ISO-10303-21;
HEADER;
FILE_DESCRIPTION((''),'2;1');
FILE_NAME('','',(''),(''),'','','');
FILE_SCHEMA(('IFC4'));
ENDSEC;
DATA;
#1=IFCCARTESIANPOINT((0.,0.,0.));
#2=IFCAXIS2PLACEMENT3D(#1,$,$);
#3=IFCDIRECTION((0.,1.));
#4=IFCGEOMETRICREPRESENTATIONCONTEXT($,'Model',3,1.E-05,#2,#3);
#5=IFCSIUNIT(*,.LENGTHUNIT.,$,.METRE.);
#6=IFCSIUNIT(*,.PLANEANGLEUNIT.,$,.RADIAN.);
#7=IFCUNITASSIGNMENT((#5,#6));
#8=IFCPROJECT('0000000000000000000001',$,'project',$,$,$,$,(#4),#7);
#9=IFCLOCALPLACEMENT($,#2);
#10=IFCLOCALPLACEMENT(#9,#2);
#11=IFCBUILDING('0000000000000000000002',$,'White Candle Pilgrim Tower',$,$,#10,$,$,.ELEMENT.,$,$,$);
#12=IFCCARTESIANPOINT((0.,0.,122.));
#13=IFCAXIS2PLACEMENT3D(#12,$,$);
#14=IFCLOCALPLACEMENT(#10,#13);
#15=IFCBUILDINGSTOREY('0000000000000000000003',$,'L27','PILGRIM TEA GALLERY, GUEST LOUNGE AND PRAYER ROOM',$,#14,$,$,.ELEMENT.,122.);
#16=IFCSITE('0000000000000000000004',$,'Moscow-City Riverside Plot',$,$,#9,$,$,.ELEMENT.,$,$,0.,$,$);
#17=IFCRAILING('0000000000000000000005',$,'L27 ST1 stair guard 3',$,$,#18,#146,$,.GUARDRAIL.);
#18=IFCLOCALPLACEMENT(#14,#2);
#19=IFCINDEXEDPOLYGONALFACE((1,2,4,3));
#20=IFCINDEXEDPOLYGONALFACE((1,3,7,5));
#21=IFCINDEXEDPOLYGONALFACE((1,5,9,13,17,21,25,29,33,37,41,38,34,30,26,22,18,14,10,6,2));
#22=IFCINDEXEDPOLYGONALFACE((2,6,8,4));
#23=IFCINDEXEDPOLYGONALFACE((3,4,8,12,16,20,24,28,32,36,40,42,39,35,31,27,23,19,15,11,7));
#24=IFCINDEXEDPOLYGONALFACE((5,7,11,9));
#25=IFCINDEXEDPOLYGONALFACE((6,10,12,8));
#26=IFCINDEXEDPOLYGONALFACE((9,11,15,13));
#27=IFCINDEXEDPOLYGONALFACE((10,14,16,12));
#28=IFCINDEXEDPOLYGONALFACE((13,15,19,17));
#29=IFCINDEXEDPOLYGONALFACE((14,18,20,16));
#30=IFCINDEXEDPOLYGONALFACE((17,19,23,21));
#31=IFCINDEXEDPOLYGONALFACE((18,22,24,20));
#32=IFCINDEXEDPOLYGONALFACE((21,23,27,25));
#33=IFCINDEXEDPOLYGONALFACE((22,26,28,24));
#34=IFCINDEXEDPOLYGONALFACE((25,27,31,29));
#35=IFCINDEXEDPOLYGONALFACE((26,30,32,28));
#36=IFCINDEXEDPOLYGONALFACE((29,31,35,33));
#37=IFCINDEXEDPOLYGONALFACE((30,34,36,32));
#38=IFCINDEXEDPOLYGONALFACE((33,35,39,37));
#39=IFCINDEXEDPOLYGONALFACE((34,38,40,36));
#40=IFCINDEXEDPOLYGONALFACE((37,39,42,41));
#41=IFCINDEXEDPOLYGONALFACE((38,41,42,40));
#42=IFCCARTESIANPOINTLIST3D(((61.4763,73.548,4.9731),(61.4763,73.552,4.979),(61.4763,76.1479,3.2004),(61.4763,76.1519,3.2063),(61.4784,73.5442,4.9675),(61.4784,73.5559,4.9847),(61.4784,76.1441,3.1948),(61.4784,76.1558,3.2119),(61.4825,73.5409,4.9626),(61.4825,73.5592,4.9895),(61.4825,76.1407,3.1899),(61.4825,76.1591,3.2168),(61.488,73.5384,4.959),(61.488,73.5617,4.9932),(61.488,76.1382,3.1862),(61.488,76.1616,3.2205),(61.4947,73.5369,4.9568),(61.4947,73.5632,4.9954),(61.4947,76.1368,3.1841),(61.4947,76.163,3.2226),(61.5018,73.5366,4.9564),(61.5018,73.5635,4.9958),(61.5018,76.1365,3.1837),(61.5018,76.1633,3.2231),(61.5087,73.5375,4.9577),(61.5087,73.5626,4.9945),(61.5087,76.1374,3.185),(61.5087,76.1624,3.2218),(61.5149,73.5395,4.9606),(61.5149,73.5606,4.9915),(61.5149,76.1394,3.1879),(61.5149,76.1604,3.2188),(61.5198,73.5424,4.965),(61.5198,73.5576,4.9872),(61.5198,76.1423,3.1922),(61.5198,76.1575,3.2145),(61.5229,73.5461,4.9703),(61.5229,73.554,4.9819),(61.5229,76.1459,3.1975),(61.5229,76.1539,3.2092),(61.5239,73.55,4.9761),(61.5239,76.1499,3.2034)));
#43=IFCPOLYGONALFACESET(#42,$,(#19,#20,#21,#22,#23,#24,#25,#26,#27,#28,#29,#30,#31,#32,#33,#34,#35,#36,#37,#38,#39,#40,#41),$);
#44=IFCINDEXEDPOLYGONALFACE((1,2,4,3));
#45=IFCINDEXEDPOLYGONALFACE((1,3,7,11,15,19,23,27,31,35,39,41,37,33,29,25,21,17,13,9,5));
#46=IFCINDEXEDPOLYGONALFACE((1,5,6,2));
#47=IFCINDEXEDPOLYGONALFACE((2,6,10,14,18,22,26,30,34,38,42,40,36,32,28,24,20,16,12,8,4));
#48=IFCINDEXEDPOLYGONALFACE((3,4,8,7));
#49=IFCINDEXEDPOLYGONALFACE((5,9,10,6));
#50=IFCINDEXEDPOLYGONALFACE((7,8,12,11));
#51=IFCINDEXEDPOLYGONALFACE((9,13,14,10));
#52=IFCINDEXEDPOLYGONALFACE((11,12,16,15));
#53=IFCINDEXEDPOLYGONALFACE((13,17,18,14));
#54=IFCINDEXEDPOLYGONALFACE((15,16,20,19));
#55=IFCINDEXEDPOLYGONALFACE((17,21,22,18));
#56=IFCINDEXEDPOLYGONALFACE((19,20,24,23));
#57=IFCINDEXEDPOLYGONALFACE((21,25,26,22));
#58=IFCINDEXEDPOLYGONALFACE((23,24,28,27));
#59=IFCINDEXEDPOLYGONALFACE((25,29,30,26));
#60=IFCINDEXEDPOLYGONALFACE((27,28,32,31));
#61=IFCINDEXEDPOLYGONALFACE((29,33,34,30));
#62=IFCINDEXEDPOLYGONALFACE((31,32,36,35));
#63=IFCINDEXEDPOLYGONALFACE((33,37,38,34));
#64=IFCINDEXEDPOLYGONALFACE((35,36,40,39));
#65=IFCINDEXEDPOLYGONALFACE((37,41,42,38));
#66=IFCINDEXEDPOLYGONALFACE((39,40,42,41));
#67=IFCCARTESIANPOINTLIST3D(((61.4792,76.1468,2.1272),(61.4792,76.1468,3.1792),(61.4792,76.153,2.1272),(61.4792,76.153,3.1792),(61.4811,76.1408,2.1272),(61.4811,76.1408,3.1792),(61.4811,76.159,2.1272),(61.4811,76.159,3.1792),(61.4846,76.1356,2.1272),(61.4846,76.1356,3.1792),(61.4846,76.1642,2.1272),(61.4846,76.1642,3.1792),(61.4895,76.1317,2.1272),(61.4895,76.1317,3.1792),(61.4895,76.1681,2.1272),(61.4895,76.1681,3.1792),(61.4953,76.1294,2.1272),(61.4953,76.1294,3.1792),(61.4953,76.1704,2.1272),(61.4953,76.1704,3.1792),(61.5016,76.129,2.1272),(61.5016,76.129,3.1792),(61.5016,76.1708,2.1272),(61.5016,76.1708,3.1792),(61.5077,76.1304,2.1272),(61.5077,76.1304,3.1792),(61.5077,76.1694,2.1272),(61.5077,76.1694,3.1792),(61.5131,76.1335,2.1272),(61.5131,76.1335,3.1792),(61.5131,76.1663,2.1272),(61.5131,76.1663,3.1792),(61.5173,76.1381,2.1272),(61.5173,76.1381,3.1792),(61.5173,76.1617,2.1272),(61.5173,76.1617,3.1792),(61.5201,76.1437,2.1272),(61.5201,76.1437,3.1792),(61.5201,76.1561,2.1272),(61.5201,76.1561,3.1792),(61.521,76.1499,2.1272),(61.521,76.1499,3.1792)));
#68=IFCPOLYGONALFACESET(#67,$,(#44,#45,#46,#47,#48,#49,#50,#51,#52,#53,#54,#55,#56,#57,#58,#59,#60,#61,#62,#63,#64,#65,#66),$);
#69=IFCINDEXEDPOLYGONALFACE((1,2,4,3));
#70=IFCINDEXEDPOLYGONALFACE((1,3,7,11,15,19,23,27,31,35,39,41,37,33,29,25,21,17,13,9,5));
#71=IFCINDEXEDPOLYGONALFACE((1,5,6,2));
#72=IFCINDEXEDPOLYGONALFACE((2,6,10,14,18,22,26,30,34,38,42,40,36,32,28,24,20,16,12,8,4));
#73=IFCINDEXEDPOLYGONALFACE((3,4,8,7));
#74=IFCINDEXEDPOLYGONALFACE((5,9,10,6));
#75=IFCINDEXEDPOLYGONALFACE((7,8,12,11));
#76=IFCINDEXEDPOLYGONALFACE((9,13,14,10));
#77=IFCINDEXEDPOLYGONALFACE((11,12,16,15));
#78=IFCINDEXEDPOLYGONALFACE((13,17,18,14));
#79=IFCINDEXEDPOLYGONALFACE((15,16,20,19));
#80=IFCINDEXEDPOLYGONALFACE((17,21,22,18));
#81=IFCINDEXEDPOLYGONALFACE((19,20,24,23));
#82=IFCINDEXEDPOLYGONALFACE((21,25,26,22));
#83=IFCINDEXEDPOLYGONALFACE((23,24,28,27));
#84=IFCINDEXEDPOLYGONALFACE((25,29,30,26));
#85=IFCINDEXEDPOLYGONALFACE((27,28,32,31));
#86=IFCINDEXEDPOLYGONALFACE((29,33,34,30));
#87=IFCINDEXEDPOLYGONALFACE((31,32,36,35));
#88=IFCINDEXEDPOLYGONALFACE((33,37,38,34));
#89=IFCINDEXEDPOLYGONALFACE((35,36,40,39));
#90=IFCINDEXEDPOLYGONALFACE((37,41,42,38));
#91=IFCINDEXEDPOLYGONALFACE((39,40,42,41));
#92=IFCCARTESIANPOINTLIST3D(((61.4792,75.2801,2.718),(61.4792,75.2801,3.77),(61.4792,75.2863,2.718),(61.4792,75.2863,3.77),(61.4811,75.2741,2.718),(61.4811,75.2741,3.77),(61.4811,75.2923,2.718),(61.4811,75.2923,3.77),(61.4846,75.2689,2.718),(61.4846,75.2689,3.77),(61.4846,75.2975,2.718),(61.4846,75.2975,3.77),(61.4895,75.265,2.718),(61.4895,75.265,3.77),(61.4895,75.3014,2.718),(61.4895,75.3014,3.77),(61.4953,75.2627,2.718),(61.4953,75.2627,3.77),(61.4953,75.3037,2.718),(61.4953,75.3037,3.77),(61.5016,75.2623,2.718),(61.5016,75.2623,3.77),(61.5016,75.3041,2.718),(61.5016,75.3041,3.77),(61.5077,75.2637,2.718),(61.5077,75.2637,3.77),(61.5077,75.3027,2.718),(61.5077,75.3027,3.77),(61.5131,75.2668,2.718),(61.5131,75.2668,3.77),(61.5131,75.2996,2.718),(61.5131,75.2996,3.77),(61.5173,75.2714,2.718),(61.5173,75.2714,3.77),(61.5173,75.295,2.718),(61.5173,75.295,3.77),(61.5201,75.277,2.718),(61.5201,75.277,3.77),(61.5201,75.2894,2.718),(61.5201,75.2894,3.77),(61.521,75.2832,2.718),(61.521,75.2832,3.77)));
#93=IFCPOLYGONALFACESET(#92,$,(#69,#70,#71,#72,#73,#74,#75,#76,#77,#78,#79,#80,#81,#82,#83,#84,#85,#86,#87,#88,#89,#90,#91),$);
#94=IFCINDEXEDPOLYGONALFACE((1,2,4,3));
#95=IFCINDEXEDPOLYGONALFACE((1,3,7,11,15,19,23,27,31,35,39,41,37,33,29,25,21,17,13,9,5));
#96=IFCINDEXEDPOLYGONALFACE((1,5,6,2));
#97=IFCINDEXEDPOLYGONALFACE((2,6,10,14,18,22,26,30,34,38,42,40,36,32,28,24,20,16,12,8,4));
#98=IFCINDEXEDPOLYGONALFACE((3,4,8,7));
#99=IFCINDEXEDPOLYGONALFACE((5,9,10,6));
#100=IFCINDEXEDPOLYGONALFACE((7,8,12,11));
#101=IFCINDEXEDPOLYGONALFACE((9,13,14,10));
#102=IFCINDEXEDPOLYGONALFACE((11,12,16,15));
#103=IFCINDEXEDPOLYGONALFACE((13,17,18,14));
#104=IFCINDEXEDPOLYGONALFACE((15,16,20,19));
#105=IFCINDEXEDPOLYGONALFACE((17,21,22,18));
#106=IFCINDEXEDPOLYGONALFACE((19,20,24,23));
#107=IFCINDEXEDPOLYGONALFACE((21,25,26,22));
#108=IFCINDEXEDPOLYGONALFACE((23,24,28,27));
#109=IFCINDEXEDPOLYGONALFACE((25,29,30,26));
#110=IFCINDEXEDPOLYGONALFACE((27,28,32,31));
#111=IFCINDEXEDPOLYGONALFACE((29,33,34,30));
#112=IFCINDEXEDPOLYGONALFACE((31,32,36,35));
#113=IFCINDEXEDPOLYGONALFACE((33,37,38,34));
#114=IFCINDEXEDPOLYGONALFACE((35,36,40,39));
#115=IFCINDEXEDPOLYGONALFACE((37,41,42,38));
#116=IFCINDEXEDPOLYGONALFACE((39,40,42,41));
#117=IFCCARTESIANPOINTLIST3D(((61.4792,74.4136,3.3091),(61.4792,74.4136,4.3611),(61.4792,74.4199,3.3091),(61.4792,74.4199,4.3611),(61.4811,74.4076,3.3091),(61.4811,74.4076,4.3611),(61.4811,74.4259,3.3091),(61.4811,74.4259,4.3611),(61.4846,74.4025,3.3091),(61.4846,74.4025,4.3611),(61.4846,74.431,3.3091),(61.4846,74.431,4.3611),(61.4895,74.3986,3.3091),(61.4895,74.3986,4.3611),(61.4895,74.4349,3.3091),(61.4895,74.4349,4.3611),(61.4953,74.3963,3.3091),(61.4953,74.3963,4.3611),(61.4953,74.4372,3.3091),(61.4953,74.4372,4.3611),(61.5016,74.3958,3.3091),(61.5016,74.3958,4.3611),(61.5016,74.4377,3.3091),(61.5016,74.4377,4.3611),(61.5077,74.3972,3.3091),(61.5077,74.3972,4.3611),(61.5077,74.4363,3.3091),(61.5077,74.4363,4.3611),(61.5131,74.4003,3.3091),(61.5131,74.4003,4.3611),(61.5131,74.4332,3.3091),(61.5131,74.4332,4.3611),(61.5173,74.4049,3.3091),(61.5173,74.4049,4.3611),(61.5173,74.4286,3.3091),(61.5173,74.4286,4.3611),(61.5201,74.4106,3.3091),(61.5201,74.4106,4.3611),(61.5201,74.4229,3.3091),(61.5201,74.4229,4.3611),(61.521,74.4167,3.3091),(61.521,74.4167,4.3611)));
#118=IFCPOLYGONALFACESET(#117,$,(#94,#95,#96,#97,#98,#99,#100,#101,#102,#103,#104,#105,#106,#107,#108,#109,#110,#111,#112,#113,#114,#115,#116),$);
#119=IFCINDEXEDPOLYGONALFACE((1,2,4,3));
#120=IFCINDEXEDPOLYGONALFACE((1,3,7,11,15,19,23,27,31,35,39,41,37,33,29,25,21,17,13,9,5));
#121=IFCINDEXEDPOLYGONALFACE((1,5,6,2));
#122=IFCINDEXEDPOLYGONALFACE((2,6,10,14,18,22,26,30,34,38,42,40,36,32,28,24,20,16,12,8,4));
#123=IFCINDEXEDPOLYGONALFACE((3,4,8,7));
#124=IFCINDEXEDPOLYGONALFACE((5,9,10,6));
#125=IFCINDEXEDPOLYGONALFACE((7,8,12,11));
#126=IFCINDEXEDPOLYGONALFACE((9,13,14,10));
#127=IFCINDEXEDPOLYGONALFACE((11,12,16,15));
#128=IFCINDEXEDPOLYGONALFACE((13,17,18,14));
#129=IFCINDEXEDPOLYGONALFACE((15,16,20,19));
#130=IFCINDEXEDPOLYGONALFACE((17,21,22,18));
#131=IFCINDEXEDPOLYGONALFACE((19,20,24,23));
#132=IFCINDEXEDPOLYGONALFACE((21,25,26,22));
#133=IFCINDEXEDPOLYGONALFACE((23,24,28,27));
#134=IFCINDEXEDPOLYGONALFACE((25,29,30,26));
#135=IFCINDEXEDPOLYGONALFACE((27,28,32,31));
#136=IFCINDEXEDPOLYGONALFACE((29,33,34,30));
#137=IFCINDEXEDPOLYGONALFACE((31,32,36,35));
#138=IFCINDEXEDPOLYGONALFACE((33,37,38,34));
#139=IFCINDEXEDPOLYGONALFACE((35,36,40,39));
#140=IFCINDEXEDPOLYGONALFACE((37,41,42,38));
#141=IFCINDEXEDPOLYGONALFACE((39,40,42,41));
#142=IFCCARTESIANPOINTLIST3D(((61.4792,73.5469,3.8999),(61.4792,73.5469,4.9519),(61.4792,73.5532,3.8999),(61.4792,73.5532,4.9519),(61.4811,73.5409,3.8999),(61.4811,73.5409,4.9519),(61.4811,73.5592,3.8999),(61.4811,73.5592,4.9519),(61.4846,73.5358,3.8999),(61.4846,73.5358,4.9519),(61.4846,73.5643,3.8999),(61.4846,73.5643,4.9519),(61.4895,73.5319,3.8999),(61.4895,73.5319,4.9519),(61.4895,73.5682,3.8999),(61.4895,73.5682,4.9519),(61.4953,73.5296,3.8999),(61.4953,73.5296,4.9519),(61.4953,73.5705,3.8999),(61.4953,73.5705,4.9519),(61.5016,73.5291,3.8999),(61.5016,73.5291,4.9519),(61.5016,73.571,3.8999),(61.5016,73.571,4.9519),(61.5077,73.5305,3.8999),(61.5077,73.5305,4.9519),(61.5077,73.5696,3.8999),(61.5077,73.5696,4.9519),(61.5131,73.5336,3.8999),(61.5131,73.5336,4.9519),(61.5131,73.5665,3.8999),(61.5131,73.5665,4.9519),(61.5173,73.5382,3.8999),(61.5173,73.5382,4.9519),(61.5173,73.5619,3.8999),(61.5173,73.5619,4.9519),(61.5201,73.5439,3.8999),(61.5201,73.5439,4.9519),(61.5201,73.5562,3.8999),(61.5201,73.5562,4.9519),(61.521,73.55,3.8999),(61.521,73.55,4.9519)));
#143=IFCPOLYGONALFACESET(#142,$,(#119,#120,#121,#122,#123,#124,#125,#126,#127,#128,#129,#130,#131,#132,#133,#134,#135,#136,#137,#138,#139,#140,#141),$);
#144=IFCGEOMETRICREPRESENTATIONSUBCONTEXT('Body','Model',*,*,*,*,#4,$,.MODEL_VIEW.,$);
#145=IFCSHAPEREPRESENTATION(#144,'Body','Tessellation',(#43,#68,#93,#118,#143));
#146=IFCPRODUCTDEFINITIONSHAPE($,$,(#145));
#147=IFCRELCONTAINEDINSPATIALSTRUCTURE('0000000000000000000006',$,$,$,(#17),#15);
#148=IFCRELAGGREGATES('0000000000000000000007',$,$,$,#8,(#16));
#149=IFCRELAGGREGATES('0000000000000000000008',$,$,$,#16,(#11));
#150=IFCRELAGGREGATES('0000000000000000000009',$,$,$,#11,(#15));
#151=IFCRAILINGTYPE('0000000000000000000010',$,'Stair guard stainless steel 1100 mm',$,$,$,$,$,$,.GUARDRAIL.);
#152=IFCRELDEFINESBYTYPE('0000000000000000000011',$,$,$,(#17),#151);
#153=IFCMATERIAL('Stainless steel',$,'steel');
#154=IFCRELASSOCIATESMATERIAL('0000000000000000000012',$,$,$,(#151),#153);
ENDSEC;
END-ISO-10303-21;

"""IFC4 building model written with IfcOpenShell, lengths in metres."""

from ifc_helpers import new_model, si_unit, direction, frame, origin, origin_2d, place, context, subcontext, project, spatial, circle, extrude, material, type_object, element, save


model = new_model("IFC4")

# Units and contexts
model_context = context("Model", 3, precision=1e-05, world=origin(), true_north=direction((0.0, 1.0)))
body_context = subcontext(model_context, "Body", "Model", "MODEL_VIEW")
ifc_project = project(units=[si_unit("LENGTHUNIT", "METRE"), si_unit("PLANEANGLEUNIT", "RADIAN")], contexts=[model_context])

# Site, building, storey
site_placement = place(None, origin())
site = spatial("IfcSite", under=ifc_project, at=site_placement, Name="Moscow-City Riverside Plot", CompositionType="ELEMENT", RefElevation=0.0)
building_placement = place(site_placement, origin())
building = spatial("IfcBuilding", under=site, at=building_placement, Name="White Candle Pilgrim Tower", CompositionType="ELEMENT")
storey_placement = place(building_placement, frame((0.0, 0.0, 122.0)))
storey = spatial("IfcBuildingStorey", under=building, at=storey_placement, Name="L27", Description="PILGRIM TEA GALLERY, GUEST LOUNGE AND PRAYER ROOM", CompositionType="ELEMENT", Elevation=122.0)

# Shared definitions
ifc_material_1 = material(Name="Stainless steel", Category="steel")

# Railing
railing_type_1 = type_object("IfcRailingType", Name="Stair guard stainless steel 1100 mm", PredefinedType="GUARDRAIL", material=ifc_material_1)
railing_1_placement = place(storey_placement, frame((61.5, 76.1499, 2.1272)))
element("IfcRailing", 1, at=railing_1_placement, inside=storey, type_object=railing_type_1, Name="L27 ST1 stair guard 3", PredefinedType="GUARDRAIL", context=body_context, shape_type="SweptSolid", body=[
    extrude(circle(Radius=0.0239, at=origin_2d()), frame((0.0, 0.0, 1.0762), z_axis=(0.0, -0.826216, 0.563354), x_axis=(1.0, 0.0, 0.0)), (0.0, 0.0, 1.0), 3.1467),
    extrude(circle(Radius=0.021, at=origin_2d()), origin(), (0.0, 0.0, 1.0), 1.052),
    extrude(circle(Radius=0.021, at=origin_2d()), frame((0.0, -0.8667, 0.5908)), (0.0, 0.0, 1.0), 1.052),
    extrude(circle(Radius=0.021, at=origin_2d()), frame((0.0, -1.7332, 1.1819)), (0.0, 0.0, 1.0), 1.052),
    extrude(circle(Radius=0.021, at=origin_2d()), frame((0.0, -2.5999, 1.7727)), (0.0, 0.0, 1.0), 1.052),
])

save(model, "model.ifc")
